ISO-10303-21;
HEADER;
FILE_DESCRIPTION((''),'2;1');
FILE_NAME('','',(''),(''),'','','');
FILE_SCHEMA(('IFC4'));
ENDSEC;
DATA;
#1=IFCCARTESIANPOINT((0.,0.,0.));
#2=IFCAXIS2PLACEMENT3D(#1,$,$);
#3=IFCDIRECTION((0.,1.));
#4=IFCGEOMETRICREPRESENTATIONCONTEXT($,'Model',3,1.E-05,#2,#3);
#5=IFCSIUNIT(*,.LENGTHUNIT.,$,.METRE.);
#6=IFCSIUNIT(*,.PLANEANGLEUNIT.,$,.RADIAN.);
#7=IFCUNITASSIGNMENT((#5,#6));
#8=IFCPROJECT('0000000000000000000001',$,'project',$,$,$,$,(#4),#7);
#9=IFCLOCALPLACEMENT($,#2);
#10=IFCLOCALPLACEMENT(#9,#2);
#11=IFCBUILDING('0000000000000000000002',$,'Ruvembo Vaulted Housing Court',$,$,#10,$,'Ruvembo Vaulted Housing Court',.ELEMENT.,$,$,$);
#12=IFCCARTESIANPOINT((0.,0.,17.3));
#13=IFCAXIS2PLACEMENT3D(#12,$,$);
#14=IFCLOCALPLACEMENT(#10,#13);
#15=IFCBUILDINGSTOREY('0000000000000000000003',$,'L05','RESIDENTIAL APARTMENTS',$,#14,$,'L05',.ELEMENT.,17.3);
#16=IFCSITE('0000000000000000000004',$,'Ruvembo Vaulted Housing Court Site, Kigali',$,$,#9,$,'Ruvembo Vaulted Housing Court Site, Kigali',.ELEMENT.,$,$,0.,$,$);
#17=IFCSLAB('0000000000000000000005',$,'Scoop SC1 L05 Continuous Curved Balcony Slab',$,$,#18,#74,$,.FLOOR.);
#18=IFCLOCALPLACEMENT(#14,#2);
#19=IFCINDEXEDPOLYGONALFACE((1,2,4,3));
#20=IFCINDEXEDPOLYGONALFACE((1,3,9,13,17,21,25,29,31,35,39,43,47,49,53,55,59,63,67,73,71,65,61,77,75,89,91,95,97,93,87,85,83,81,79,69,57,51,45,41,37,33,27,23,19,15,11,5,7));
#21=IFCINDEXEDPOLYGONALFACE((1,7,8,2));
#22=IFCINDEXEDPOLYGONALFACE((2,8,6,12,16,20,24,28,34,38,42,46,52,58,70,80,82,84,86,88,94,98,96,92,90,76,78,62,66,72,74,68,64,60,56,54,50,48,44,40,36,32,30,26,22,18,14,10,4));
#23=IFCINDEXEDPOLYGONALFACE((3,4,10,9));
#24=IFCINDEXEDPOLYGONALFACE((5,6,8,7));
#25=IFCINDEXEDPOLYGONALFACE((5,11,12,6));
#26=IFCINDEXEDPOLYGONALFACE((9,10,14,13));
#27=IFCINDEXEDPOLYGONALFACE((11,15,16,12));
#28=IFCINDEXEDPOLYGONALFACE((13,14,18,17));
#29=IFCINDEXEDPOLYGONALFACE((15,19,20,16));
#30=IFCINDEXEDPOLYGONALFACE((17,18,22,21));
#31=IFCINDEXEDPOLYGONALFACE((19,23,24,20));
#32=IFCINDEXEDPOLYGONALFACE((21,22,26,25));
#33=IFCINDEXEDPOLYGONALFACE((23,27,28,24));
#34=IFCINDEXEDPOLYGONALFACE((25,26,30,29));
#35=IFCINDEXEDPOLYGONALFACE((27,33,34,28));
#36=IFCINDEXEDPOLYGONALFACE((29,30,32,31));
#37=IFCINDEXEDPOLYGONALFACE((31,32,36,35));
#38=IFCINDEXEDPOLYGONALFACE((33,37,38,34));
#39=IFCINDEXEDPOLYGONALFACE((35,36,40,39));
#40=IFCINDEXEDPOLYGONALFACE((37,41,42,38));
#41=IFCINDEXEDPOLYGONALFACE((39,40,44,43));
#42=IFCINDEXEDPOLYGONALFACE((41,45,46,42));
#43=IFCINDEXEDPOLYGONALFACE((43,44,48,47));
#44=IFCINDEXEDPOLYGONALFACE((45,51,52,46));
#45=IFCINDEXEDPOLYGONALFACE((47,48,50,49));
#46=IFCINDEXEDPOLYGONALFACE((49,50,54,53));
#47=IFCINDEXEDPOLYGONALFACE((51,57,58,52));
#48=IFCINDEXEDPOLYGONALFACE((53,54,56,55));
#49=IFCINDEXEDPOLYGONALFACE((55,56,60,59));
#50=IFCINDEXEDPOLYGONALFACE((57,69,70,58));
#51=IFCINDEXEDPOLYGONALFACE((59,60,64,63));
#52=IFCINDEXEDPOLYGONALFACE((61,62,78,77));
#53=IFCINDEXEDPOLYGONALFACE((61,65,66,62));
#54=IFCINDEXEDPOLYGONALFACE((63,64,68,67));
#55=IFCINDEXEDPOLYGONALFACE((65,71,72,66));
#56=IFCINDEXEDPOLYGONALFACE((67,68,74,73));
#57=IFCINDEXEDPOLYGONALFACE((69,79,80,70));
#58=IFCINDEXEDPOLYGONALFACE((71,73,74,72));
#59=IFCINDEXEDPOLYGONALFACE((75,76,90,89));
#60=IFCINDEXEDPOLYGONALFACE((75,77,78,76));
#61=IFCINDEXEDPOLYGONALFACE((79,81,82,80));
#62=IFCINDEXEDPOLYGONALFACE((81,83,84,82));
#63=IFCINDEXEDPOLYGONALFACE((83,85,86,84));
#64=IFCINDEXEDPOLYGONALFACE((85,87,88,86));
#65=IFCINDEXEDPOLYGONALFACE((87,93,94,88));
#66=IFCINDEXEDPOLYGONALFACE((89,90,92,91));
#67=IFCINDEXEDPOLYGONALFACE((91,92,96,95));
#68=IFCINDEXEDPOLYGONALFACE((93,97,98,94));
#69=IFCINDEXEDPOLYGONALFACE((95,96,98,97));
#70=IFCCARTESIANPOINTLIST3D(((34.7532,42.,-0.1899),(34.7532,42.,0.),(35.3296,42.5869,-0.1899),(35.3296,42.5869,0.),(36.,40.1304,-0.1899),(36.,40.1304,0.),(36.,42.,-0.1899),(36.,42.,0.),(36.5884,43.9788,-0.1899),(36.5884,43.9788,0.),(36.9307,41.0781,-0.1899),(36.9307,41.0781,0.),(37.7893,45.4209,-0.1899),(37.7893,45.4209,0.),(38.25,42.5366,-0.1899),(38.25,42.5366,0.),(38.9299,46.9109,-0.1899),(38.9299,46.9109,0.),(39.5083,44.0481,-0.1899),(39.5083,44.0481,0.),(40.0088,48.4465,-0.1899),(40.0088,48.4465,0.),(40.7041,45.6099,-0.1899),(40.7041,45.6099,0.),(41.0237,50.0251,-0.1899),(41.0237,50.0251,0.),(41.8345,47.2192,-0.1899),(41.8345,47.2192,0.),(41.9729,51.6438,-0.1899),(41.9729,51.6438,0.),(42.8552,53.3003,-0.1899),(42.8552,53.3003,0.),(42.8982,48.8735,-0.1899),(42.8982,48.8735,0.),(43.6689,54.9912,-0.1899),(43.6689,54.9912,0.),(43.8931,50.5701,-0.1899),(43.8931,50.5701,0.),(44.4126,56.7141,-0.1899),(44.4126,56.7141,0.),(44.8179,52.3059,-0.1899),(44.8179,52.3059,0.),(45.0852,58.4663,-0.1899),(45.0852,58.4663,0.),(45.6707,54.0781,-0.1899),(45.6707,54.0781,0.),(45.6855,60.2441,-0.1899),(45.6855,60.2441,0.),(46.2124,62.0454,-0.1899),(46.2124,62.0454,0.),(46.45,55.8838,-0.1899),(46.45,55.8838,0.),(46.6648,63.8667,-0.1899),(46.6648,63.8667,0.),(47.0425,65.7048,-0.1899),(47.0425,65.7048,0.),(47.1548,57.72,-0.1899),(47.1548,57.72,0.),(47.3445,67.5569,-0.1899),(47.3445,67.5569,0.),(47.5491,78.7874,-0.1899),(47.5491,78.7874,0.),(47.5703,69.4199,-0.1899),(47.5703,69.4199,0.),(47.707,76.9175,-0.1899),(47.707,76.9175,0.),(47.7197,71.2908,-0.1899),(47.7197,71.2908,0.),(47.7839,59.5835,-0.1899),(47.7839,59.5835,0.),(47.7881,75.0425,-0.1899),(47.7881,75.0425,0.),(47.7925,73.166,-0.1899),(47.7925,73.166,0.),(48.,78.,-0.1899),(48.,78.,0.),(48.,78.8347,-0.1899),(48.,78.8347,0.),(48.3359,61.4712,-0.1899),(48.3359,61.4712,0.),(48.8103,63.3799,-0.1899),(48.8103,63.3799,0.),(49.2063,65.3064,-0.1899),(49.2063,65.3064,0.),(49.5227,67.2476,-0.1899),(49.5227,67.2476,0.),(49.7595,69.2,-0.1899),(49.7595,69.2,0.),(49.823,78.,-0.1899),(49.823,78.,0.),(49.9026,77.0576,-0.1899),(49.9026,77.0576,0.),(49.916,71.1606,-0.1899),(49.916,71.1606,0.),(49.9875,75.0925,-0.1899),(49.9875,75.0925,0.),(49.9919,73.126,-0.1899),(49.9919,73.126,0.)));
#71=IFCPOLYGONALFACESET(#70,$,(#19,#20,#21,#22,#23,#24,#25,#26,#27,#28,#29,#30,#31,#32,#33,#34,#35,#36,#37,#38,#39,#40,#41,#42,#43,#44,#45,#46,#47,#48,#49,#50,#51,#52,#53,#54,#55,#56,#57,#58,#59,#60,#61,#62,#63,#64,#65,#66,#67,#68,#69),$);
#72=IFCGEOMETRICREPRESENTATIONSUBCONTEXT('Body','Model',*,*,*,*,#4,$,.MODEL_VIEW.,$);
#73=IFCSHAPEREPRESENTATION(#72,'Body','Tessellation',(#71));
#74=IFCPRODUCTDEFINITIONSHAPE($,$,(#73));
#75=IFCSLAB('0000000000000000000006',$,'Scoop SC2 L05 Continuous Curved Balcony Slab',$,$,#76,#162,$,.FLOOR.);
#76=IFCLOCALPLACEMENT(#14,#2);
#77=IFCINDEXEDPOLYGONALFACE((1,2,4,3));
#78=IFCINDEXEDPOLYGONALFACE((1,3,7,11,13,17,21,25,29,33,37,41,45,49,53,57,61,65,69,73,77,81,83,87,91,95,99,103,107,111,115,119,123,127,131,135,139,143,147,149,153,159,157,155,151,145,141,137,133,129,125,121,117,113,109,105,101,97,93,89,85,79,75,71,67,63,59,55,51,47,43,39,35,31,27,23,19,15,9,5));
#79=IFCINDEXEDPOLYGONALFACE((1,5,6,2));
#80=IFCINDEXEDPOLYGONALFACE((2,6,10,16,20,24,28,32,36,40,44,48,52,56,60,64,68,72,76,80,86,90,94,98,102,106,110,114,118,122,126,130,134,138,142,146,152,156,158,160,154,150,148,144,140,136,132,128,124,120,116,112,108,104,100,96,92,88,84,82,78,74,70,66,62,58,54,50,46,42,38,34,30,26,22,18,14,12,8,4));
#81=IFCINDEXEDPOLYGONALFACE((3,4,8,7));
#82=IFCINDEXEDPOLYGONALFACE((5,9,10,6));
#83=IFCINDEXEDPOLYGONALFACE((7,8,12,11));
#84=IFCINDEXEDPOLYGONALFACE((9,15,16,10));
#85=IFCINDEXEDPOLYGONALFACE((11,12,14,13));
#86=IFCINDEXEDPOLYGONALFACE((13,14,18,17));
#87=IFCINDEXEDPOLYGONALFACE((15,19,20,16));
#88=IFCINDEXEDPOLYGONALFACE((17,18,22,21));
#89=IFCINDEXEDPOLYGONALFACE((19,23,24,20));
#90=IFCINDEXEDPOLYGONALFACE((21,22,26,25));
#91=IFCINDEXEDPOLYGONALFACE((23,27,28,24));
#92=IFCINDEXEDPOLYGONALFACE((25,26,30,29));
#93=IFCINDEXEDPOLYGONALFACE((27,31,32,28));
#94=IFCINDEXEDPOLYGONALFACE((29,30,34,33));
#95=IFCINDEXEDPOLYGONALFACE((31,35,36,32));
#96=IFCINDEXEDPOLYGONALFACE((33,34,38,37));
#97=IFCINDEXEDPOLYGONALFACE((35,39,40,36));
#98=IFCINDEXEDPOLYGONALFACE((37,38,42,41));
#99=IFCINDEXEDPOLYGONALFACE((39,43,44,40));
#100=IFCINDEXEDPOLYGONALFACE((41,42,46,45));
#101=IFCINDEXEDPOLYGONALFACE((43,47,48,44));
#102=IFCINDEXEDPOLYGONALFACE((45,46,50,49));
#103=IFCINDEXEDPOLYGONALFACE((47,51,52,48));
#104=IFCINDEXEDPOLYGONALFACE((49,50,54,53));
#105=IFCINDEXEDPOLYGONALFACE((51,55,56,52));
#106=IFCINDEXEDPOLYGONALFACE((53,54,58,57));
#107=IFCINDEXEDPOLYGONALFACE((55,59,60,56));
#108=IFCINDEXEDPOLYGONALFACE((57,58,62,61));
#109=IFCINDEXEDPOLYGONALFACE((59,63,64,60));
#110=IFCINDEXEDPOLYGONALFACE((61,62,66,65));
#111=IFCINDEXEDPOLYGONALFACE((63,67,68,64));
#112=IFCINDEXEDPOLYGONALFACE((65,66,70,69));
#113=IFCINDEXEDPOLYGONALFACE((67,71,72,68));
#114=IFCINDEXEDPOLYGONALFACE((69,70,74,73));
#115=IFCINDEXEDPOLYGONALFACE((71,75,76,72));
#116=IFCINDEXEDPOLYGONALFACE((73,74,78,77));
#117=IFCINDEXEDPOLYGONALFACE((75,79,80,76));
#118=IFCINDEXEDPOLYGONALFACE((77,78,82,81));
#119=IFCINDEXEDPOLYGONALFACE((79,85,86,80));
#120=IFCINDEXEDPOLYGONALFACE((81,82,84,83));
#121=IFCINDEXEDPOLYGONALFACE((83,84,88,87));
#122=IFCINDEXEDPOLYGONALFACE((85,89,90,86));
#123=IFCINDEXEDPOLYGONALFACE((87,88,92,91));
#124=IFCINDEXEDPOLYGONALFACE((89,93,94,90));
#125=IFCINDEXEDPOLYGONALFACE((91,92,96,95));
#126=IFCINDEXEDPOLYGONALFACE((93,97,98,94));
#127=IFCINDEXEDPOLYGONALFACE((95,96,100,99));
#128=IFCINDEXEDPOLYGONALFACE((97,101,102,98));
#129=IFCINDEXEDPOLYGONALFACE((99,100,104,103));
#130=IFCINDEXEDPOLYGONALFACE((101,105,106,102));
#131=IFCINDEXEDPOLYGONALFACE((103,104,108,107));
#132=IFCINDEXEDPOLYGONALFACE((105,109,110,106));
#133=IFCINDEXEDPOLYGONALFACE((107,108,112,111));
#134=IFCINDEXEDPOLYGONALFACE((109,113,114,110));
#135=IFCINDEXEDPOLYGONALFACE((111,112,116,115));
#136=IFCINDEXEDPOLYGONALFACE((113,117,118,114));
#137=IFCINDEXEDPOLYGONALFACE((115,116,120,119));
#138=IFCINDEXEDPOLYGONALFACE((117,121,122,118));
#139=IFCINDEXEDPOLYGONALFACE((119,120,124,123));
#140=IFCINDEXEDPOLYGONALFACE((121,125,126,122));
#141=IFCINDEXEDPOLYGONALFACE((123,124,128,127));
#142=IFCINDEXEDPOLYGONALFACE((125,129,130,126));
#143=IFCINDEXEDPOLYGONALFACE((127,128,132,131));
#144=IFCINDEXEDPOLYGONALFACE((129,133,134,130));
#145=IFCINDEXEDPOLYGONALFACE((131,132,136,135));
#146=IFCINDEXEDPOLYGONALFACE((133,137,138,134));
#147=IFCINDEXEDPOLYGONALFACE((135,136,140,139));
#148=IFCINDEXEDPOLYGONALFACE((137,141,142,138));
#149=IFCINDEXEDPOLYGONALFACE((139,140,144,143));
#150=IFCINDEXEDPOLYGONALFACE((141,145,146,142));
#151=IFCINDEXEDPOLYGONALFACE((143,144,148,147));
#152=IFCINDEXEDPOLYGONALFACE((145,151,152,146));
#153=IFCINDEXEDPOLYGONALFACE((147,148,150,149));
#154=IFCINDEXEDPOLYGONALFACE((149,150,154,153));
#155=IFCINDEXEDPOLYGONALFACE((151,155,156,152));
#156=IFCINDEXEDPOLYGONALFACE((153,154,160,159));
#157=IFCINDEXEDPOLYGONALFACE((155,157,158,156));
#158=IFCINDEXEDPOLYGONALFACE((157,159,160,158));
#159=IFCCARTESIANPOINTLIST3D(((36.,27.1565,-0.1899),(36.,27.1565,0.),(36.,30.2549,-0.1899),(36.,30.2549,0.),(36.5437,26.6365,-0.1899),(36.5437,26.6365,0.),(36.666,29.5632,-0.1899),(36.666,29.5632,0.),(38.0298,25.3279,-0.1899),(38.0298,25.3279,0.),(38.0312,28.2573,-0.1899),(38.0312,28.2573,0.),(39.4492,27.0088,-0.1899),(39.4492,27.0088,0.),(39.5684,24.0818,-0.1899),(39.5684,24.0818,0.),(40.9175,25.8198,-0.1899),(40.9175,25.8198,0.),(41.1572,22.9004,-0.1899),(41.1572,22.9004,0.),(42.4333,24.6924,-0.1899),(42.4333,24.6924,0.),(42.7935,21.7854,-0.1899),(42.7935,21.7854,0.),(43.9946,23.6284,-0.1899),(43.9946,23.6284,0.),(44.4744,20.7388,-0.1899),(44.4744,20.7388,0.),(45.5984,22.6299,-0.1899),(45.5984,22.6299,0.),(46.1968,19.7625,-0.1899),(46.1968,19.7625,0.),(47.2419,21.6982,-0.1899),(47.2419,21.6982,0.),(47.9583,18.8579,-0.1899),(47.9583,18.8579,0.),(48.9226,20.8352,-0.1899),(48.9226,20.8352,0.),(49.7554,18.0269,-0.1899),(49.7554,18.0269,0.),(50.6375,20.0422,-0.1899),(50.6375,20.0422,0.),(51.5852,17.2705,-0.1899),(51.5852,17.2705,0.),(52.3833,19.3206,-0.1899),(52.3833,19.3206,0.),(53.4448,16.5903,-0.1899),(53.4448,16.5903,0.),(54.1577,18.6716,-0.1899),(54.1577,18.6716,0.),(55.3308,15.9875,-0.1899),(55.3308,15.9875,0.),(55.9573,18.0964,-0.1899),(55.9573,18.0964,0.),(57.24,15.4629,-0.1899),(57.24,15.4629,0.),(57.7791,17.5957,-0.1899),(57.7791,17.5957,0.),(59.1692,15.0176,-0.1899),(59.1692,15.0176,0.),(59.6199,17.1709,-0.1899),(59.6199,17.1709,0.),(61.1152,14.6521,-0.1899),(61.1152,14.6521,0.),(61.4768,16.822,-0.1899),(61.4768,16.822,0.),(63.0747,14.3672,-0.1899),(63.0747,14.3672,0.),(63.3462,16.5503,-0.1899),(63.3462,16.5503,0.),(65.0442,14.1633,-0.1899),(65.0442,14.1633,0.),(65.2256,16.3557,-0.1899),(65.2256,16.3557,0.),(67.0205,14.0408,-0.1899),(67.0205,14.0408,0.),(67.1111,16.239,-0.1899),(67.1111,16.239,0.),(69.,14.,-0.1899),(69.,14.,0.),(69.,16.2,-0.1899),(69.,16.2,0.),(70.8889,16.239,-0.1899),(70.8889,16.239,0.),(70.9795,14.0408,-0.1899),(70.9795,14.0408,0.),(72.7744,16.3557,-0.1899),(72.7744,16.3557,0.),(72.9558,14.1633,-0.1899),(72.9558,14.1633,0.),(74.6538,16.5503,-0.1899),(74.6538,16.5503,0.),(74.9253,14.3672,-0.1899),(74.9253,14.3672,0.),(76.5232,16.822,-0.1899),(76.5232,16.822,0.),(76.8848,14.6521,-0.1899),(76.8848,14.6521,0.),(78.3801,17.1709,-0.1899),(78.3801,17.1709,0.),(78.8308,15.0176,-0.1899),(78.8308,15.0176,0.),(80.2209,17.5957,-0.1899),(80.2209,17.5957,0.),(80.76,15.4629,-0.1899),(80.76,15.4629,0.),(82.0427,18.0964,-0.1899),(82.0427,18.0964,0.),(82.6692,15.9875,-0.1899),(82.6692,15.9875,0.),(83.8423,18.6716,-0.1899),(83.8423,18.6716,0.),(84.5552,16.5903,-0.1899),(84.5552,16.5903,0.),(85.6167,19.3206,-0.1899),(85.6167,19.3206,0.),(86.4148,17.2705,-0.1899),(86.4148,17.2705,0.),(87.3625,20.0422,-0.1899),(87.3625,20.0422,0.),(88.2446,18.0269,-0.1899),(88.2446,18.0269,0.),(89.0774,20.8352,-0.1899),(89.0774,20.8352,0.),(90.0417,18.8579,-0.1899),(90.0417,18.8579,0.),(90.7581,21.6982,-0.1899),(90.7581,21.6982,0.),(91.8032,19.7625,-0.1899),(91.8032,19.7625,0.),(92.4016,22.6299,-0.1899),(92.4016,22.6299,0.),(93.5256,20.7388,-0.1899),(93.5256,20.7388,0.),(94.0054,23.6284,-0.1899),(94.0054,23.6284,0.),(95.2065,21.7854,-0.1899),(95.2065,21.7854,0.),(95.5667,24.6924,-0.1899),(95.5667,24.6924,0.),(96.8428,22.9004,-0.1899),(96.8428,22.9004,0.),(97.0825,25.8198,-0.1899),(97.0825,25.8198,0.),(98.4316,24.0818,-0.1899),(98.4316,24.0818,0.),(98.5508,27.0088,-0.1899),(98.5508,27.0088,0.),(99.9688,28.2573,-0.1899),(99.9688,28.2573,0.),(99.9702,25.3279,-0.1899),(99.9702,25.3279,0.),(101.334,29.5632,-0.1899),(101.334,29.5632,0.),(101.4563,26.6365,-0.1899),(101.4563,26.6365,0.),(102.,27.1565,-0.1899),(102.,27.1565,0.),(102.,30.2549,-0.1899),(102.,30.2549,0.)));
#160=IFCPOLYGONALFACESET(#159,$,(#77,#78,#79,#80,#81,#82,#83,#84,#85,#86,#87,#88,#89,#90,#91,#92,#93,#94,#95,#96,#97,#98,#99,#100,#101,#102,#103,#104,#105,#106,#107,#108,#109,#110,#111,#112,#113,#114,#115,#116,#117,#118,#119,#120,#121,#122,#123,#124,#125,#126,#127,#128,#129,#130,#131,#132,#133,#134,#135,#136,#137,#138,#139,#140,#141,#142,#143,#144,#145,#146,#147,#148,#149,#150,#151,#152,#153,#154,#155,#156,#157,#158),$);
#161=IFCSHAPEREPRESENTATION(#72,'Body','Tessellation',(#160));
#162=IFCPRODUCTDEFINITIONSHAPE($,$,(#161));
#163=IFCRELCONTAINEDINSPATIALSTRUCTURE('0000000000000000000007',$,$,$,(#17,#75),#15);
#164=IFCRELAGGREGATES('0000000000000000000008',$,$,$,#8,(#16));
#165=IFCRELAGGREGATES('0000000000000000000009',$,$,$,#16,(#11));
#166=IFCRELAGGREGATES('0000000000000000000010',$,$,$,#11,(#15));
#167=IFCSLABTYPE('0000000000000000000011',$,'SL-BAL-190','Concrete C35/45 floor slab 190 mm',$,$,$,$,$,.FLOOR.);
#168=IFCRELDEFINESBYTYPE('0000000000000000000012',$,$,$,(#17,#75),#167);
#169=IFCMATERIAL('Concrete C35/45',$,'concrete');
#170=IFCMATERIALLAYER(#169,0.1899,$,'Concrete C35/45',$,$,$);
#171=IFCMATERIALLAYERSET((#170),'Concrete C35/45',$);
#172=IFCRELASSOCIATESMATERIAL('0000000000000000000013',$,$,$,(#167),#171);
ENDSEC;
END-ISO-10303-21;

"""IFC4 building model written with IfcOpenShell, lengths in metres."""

from ifc_helpers import new_model, si_unit, direction, frame, origin, place, context, subcontext, project, spatial, polyline, outline, extrude, material, layer, layer_set, type_object, element, save


model = new_model("IFC4")

# Units and contexts
model_context = context("Model", 3, precision=1e-05, world=origin(), true_north=direction((0.0, 1.0)))
body_context = subcontext(model_context, "Body", "Model", "MODEL_VIEW")
ifc_project = project(units=[si_unit("LENGTHUNIT", "METRE"), si_unit("PLANEANGLEUNIT", "RADIAN")], contexts=[model_context])

# Site, building, storey
site_placement = place(None, origin())
site = spatial("IfcSite", under=ifc_project, at=site_placement, Name="Ruvembo Vaulted Housing Court Site, Kigali", LongName="Ruvembo Vaulted Housing Court Site, Kigali", CompositionType="ELEMENT", RefElevation=0.0)
building_placement = place(site_placement, origin())
building = spatial("IfcBuilding", under=site, at=building_placement, Name="Ruvembo Vaulted Housing Court", LongName="Ruvembo Vaulted Housing Court", CompositionType="ELEMENT")
storey_placement = place(building_placement, frame((0.0, 0.0, 17.3)))
storey = spatial("IfcBuildingStorey", under=building, at=storey_placement, Name="L05", Description="RESIDENTIAL APARTMENTS", LongName="L05", CompositionType="ELEMENT", Elevation=17.3)

# Slabs
ifc_material_1 = material(Name="Concrete C35/45", Category="concrete")
ifc_layer_1 = layer(ifc_material_1, 0.1899, Name="Concrete C35/45")
ifc_layer_set_1 = layer_set([ifc_layer_1], Name="Concrete C35/45")
slab_type_1 = type_object("IfcSlabType", Name="SL-BAL-190", Description="Concrete C35/45 floor slab 190 mm", PredefinedType="FLOOR", material=ifc_layer_set_1)
slab_1_placement = place(storey_placement, frame((0.0, 0.0, -0.1899)))
element("IfcSlab", 1, at=slab_1_placement, inside=storey, type_object=slab_type_1, Name="Scoop SC1 L05 Continuous Curved Balcony Slab", PredefinedType="FLOOR", context=body_context, shape_type="SweptSolid", body=[
    extrude(outline(polyline([(34.7532, 42.0), (36.0, 42.0), (36.0, 40.1304), (36.9307, 41.0781), (38.25, 42.5366), (39.5083, 44.0481), (40.7041, 45.6099), (41.8345, 47.2192), (42.8982, 48.8735), (43.8931, 50.5701), (44.8179, 52.3059), (45.6707, 54.0781), (46.45, 55.8838), (47.1548, 57.72), (47.7839, 59.5835), (48.3359, 61.4712), (48.8103, 63.3799), (49.2063, 65.3064), (49.5227, 67.2476), (49.7595, 69.2), (49.916, 71.1606), (49.9919, 73.126), (49.9875, 75.0925), (49.9026, 77.0576), (49.823, 78.0), (48.0, 78.0), (48.0, 78.8347), (47.5491, 78.7874), (47.707, 76.9175), (47.7881, 75.0425), (47.7925, 73.166), (47.7197, 71.2908), (47.5703, 69.4199), (47.3445, 67.5569), (47.0425, 65.7048), (46.6648, 63.8667), (46.2124, 62.0454), (45.6855, 60.2441), (45.0852, 58.4663), (44.4126, 56.7141), (43.6689, 54.9912), (42.8552, 53.3003), (41.9729, 51.6438), (41.0237, 50.0251), (40.0088, 48.4465), (38.9299, 46.9109), (37.7893, 45.4209), (36.5884, 43.9788), (35.3296, 42.5869), (34.7532, 42.0)])), origin(), (0.0, 0.0, 1.0), 0.1899),
])
slab_2_placement = place(storey_placement, frame((0.0, 0.0, -0.1899)))
element("IfcSlab", 2, at=slab_2_placement, inside=storey, type_object=slab_type_1, Name="Scoop SC2 L05 Continuous Curved Balcony Slab", PredefinedType="FLOOR", context=body_context, shape_type="SweptSolid", body=[
    extrude(outline(polyline([(36.0, 30.2549), (36.0, 27.1565), (36.5437, 26.6365), (38.0298, 25.3279), (39.5684, 24.0818), (41.1572, 22.9004), (42.7935, 21.7854), (44.4744, 20.7388), (46.1968, 19.7625), (47.9583, 18.8579), (49.7554, 18.0269), (51.5852, 17.2705), (53.4448, 16.5903), (55.3308, 15.9875), (57.24, 15.4629), (59.1692, 15.0176), (61.1152, 14.6521), (63.0747, 14.3672), (65.0442, 14.1633), (67.0205, 14.0408), (69.0, 14.0), (70.9795, 14.0408), (72.9558, 14.1633), (74.9253, 14.3672), (76.8848, 14.6521), (78.8308, 15.0176), (80.76, 15.4629), (82.6692, 15.9875), (84.5552, 16.5903), (86.4148, 17.2705), (88.2446, 18.0269), (90.0417, 18.8579), (91.8032, 19.7625), (93.5256, 20.7388), (95.2065, 21.7854), (96.8428, 22.9004), (98.4316, 24.0818), (99.9702, 25.3279), (101.4563, 26.6365), (102.0, 27.1565), (102.0, 30.2549), (101.334, 29.5632), (99.9688, 28.2573), (98.5508, 27.0088), (97.0825, 25.8198), (95.5667, 24.6924), (94.0054, 23.6284), (92.4016, 22.6299), (90.7581, 21.6982), (89.0774, 20.8352), (87.3625, 20.0422), (85.6167, 19.3206), (83.8423, 18.6716), (82.0427, 18.0964), (80.2209, 17.5957), (78.3801, 17.1709), (76.5232, 16.822), (74.6538, 16.5503), (72.7744, 16.3557), (70.8889, 16.239), (69.0, 16.2), (67.1111, 16.239), (65.2256, 16.3557), (63.3462, 16.5503), (61.4768, 16.822), (59.6199, 17.1709), (57.7791, 17.5957), (55.9573, 18.0964), (54.1577, 18.6716), (52.3833, 19.3206), (50.6375, 20.0422), (48.9226, 20.8352), (47.2419, 21.6982), (45.5984, 22.6299), (43.9946, 23.6284), (42.4333, 24.6924), (40.9175, 25.8198), (39.4492, 27.0088), (38.0312, 28.2573), (36.666, 29.5632), (36.0, 30.2549)])), origin(), (0.0, 0.0, 1.0), 0.1899),
])

save(model, "model.ifc")
